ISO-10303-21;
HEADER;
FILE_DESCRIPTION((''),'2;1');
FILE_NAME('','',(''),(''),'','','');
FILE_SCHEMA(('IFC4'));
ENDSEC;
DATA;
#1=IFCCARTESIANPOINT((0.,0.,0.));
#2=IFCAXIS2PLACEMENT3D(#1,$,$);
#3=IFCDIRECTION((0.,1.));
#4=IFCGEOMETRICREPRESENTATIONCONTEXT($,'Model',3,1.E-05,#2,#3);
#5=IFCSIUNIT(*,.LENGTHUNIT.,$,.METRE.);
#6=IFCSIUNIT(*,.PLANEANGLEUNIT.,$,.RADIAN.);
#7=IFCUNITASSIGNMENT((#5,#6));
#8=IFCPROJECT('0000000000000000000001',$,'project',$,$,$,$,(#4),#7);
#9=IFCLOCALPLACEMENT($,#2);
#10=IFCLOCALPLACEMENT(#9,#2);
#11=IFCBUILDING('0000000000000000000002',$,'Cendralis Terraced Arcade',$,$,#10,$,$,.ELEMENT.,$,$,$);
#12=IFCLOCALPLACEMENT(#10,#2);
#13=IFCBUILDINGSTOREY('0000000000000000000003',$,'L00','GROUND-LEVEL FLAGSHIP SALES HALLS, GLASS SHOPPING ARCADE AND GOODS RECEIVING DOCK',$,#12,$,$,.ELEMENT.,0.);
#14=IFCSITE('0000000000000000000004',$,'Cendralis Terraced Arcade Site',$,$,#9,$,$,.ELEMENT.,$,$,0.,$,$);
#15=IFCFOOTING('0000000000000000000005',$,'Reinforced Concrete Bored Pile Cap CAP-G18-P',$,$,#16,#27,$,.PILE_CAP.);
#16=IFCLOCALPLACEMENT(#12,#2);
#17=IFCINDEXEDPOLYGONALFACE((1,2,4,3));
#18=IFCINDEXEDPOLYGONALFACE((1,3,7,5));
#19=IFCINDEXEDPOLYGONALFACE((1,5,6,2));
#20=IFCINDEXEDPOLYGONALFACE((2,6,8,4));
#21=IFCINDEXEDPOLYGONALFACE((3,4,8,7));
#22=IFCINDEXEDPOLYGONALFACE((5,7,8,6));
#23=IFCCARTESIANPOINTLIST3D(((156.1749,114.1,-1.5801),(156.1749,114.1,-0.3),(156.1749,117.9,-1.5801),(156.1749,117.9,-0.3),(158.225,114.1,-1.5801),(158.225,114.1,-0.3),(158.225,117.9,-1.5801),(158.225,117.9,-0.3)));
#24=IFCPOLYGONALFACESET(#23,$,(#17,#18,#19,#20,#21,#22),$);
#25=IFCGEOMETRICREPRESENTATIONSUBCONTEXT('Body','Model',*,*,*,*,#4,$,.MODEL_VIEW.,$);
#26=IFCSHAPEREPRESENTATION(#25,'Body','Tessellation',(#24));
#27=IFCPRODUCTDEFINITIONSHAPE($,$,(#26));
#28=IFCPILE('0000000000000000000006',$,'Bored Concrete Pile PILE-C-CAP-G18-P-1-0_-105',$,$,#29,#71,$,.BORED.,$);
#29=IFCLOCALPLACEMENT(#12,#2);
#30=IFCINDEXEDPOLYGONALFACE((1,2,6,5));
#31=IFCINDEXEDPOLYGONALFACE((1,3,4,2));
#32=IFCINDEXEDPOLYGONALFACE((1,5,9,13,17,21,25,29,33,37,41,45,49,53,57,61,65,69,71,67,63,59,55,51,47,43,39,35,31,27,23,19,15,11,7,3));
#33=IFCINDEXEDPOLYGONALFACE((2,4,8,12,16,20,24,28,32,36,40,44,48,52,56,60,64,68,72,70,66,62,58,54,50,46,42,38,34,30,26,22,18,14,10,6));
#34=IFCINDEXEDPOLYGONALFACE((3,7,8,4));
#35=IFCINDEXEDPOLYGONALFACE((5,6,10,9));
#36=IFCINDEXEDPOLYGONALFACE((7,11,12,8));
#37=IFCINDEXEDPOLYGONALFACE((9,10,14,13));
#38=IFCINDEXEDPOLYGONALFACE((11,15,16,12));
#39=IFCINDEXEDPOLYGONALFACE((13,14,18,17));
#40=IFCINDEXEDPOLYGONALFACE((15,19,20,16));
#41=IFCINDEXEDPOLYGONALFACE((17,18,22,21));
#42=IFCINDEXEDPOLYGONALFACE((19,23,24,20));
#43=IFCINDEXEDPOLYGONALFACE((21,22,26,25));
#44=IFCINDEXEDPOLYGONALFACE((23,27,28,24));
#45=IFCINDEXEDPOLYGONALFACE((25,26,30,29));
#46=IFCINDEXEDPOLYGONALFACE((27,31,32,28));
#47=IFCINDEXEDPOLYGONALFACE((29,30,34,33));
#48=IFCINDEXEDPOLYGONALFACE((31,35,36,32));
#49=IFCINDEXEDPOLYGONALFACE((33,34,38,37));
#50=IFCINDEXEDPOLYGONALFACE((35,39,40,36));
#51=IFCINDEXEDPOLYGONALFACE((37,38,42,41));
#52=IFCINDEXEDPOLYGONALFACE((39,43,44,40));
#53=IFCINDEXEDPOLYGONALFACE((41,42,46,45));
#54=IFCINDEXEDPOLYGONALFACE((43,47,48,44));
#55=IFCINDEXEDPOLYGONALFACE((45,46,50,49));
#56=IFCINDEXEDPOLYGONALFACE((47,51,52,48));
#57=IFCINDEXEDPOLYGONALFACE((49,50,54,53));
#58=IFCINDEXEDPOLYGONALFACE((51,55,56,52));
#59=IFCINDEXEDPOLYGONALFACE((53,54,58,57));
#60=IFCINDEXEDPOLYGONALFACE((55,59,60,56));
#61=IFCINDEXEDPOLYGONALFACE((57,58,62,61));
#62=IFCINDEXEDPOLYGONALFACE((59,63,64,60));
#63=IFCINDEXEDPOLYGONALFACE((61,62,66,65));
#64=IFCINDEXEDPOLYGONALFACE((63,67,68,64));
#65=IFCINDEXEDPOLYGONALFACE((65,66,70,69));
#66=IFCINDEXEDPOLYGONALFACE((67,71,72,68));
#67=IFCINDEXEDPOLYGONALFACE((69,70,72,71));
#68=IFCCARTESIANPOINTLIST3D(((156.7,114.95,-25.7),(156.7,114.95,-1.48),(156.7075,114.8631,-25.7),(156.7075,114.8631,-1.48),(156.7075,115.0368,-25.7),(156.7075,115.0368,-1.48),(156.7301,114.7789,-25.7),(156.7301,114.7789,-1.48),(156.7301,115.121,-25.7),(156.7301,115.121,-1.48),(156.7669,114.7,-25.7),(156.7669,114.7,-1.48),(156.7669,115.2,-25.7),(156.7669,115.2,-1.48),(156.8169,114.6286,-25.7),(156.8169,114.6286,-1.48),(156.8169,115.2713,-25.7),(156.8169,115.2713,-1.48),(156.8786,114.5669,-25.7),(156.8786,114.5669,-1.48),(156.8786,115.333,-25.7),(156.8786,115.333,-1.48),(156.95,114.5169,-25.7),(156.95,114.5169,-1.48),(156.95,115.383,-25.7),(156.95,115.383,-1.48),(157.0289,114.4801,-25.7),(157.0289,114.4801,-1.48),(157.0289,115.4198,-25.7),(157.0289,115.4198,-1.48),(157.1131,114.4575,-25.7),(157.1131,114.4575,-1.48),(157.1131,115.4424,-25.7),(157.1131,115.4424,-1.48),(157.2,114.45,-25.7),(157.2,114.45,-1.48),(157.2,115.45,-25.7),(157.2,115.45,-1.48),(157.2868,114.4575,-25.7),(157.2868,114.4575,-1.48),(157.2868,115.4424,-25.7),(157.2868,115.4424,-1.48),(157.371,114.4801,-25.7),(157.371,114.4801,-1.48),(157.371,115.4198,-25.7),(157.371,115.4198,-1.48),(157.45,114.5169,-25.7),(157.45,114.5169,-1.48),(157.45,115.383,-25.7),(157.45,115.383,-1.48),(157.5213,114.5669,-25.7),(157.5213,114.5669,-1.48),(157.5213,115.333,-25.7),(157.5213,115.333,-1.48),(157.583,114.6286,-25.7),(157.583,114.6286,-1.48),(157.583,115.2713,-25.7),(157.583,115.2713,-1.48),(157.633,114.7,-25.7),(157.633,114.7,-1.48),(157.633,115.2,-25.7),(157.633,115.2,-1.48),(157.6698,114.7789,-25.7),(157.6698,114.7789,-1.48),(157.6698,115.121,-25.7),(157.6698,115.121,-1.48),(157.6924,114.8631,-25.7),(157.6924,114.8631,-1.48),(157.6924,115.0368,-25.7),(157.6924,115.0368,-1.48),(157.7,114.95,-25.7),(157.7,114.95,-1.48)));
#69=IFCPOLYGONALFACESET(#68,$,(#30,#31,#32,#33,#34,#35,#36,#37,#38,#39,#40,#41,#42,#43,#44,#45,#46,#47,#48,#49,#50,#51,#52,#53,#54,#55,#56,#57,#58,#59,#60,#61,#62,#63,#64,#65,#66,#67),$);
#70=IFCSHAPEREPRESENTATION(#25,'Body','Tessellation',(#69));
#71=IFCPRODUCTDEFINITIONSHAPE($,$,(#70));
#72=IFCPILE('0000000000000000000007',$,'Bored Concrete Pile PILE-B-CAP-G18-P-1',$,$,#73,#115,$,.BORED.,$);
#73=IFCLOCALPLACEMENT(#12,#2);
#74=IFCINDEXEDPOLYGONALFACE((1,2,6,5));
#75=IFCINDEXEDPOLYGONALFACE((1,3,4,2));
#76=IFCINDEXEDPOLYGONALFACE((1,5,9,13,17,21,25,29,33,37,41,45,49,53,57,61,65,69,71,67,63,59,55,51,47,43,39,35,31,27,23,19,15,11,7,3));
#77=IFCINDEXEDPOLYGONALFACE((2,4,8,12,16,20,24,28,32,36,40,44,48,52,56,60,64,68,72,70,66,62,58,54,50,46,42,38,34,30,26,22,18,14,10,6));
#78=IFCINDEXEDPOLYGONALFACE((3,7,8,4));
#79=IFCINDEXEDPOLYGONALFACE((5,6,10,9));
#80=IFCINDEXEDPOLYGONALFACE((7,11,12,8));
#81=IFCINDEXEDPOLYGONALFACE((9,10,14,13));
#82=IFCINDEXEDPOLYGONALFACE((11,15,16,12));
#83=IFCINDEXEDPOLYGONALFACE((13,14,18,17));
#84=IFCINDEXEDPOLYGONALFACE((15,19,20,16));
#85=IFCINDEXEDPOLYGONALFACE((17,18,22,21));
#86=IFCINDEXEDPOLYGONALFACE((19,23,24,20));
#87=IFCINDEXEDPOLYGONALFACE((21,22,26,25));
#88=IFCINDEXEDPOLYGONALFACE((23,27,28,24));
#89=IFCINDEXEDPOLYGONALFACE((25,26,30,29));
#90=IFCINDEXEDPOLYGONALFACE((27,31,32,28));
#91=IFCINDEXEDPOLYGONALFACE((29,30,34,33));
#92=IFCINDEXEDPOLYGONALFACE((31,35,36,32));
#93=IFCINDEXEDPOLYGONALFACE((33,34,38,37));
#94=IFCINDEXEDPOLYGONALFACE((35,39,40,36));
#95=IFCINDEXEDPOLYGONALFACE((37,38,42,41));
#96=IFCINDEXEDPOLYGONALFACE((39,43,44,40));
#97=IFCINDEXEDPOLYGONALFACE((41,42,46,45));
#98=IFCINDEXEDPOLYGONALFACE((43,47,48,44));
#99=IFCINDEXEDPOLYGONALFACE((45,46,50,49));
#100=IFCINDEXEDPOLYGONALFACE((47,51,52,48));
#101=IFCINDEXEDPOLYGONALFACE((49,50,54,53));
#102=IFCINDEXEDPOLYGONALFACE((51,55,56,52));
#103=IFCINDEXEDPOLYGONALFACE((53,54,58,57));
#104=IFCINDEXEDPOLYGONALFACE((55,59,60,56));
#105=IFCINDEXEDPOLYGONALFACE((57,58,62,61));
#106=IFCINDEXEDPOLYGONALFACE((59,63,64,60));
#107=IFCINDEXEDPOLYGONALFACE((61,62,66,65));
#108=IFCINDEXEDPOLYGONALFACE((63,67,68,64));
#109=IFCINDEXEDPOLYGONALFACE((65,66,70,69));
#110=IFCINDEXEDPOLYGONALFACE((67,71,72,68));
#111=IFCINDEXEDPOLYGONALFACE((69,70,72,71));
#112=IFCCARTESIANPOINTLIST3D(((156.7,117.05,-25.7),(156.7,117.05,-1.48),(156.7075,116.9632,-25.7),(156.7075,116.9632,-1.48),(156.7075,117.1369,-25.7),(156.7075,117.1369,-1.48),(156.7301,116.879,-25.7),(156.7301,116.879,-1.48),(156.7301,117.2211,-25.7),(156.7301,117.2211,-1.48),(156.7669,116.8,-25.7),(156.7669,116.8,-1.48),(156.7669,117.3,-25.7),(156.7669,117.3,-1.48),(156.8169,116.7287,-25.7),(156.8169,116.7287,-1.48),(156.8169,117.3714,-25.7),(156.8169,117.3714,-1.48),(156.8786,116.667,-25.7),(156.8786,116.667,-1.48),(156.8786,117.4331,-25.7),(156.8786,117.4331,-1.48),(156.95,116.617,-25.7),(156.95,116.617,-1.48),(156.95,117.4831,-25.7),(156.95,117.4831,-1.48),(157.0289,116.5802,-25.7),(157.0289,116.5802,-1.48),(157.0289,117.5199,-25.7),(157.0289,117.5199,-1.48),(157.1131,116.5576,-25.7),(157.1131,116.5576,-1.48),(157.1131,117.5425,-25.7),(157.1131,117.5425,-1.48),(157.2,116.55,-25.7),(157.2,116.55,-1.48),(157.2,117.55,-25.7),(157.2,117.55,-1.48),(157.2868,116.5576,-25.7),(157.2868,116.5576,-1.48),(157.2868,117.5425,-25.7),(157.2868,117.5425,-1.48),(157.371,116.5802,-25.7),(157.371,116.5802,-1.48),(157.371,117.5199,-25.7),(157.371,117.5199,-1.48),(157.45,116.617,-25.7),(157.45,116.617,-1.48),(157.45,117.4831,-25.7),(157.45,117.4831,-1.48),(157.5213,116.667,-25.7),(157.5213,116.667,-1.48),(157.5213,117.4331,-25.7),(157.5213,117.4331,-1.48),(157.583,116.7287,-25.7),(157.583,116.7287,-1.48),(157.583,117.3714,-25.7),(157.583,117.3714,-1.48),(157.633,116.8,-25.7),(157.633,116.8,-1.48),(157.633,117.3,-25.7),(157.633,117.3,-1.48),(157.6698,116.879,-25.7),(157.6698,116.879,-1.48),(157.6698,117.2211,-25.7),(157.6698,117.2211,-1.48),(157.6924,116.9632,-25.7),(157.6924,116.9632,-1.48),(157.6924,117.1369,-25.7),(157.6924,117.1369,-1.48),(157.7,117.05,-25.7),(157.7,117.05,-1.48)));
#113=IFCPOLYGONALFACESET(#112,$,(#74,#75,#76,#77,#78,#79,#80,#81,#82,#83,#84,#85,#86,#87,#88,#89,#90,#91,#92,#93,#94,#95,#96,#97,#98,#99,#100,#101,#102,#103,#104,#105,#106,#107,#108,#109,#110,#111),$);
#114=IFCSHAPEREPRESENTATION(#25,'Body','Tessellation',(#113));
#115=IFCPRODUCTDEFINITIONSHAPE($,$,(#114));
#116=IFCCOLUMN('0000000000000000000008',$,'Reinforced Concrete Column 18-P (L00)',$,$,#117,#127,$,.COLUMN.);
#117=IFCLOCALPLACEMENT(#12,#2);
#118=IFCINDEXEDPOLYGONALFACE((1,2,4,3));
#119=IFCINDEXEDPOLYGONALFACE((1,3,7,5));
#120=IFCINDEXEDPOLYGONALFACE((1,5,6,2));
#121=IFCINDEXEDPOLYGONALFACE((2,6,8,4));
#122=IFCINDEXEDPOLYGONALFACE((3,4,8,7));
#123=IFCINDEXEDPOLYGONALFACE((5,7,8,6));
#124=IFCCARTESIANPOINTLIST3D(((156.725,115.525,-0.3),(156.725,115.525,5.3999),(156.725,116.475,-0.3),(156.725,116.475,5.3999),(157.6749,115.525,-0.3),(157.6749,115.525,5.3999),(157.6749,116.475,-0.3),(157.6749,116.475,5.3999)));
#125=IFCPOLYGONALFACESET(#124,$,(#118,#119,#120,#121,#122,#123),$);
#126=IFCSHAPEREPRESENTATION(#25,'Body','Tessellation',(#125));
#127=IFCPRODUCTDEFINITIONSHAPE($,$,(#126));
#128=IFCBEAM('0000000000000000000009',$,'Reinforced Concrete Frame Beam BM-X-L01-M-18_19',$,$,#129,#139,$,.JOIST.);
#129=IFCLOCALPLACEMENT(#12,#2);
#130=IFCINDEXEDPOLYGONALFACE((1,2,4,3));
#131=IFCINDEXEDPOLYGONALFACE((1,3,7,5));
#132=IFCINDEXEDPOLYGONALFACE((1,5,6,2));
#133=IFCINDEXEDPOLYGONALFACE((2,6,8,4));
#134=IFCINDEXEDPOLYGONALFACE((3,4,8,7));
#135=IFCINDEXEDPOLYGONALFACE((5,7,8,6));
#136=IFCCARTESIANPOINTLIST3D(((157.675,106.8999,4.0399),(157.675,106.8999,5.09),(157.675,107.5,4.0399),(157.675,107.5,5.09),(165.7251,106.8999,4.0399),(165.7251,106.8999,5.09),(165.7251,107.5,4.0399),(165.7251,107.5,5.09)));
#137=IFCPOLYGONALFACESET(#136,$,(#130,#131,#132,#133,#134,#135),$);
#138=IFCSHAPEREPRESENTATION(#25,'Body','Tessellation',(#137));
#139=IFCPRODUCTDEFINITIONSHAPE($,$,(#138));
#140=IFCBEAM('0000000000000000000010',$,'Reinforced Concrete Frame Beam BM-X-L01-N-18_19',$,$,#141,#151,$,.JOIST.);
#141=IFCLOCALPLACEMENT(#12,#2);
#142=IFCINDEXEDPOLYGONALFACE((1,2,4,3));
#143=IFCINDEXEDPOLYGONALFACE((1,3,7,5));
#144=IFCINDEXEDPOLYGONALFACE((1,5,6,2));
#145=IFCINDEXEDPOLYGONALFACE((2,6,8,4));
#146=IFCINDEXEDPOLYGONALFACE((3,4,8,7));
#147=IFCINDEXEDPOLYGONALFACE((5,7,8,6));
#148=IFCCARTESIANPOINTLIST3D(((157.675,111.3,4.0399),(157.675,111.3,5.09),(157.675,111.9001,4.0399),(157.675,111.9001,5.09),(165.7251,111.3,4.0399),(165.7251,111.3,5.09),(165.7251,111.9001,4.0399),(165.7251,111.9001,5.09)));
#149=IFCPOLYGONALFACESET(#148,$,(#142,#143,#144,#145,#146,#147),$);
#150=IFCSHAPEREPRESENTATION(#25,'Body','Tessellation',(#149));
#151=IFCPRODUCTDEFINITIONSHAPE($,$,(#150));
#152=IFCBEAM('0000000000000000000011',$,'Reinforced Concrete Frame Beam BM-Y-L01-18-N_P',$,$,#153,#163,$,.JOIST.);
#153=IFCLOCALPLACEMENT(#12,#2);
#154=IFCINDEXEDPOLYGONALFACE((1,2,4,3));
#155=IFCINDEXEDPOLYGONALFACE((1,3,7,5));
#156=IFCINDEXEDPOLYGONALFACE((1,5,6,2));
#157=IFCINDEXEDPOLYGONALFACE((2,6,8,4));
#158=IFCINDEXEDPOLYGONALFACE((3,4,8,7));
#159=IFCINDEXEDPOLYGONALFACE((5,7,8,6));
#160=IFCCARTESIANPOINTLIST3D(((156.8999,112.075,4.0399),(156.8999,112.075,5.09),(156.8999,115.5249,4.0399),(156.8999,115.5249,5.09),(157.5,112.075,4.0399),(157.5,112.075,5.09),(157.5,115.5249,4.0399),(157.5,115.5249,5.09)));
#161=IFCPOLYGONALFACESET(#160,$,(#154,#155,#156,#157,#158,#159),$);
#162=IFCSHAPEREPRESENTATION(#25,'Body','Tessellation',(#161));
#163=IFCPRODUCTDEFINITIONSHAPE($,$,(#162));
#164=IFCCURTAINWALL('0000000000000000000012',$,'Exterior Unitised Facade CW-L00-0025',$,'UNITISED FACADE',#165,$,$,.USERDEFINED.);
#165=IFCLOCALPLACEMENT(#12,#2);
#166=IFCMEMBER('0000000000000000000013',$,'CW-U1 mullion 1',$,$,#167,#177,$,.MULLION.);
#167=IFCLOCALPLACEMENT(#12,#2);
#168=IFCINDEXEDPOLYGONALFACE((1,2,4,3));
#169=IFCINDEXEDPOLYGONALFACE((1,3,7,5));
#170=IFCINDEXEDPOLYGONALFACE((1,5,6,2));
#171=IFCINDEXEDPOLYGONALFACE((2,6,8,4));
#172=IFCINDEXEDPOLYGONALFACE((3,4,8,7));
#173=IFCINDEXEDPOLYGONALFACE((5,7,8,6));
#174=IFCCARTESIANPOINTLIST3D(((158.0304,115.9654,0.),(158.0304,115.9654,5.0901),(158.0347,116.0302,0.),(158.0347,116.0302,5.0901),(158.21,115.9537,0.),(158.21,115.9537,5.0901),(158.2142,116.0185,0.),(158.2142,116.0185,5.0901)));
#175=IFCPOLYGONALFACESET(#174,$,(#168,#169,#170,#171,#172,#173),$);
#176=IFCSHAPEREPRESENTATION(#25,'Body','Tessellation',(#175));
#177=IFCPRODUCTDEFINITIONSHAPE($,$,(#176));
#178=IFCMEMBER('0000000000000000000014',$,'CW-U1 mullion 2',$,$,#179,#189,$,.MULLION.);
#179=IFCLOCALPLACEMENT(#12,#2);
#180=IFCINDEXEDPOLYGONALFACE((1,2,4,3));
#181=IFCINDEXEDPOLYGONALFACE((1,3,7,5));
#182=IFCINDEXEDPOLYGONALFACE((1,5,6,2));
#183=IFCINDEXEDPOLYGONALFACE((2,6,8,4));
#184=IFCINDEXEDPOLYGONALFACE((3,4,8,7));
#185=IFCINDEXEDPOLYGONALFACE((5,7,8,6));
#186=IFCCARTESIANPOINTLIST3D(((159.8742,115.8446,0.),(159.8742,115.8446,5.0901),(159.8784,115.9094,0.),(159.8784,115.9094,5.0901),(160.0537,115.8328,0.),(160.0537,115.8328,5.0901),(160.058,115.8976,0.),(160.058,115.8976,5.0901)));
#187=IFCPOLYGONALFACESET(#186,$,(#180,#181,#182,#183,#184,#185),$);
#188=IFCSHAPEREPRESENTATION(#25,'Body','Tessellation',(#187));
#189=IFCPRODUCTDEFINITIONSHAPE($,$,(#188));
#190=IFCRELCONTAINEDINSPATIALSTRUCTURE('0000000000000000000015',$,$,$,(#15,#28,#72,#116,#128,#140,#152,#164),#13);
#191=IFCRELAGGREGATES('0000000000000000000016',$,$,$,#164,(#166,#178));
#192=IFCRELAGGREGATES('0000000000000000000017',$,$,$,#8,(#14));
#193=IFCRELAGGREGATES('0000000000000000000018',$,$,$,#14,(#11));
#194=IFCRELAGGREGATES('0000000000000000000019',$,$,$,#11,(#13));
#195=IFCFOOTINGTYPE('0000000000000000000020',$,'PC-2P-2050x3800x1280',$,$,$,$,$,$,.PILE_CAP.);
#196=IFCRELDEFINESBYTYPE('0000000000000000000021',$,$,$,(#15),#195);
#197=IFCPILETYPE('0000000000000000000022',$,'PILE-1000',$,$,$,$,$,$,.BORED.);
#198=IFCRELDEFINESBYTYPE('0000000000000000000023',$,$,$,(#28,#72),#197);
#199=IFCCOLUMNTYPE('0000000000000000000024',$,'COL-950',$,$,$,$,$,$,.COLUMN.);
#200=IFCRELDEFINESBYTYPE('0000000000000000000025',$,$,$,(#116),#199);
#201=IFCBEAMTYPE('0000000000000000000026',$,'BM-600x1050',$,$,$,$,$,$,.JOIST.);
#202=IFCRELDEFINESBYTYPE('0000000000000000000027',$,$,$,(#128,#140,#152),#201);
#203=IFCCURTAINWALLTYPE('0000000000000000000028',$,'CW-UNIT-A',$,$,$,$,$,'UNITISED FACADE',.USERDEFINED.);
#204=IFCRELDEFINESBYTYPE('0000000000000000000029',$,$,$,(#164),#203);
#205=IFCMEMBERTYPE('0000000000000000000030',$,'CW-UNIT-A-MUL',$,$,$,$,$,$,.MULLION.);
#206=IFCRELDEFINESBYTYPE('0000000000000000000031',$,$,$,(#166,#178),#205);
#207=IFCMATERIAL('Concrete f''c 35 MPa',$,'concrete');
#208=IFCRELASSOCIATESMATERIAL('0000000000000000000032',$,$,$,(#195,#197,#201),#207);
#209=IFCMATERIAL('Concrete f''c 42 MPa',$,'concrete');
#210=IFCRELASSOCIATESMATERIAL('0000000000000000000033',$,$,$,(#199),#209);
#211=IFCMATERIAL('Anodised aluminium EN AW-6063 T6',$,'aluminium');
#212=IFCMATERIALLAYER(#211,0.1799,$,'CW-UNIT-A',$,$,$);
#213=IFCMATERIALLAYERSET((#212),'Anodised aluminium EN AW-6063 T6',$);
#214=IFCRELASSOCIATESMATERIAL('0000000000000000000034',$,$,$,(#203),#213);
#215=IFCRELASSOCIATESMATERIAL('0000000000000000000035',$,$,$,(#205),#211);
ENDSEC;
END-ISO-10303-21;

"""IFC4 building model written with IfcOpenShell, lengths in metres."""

from ifc_helpers import new_model, si_unit, direction, frame, origin, origin_2d, place, context, subcontext, project, spatial, rectangle, circle, extrude, material, layer, layer_set, material_profile, profile_set, type_object, element, aggregate, save


model = new_model("IFC4")

# Units and contexts
model_context = context("Model", 3, precision=1e-05, world=origin(), true_north=direction((0.0, 1.0)))
body_context = subcontext(model_context, "Body", "Model", "MODEL_VIEW")
ifc_project = project(units=[si_unit("LENGTHUNIT", "METRE"), si_unit("PLANEANGLEUNIT", "RADIAN")], contexts=[model_context])

# Site, building, storey
site_placement = place(None, origin())
site = spatial("IfcSite", under=ifc_project, at=site_placement, Name="Cendralis Terraced Arcade Site", CompositionType="ELEMENT", RefElevation=0.0)
building_placement = place(site_placement, origin())
building = spatial("IfcBuilding", under=site, at=building_placement, Name="Cendralis Terraced Arcade", CompositionType="ELEMENT")
storey_placement = place(building_placement, origin())
storey = spatial("IfcBuildingStorey", under=building, at=storey_placement, Name="L00", Description="GROUND-LEVEL FLAGSHIP SALES HALLS, GLASS SHOPPING ARCADE AND GOODS RECEIVING DOCK", CompositionType="ELEMENT", Elevation=0.0)

# Footing
ifc_material_1 = material(Name="Concrete f'c 35 MPa", Category="concrete")
footing_type = type_object("IfcFootingType", Name="PC-2P-2050x3800x1280", PredefinedType="PILE_CAP", material=ifc_material_1)
footing_placement = place(storey_placement, frame((157.2, 116.0, -1.5801), z_axis=(0.0, 0.0, 1.0), x_axis=(1.0, 0.0, 0.0)))
element("IfcFooting", 1, at=footing_placement, inside=storey, type_object=footing_type, Name="Reinforced Concrete Bored Pile Cap CAP-G18-P", PredefinedType="PILE_CAP", context=body_context, shape_type="SweptSolid", body=[
    extrude(rectangle(XDim=2.05, YDim=3.8, at=origin_2d()), origin(), (0.0, 0.0, 1.0), 1.28),
])

# Piles
ifc_material_profile_1 = material_profile(ifc_material_1, circle(Radius=0.5, at=origin_2d()), Name="PILE-D1000", Category="LoadBearing")
ifc_profile_set_1 = profile_set([ifc_material_profile_1], Name="Concrete f'c 35 MPa")
pile_type = type_object("IfcPileType", Name="PILE-1000", PredefinedType="BORED", material=ifc_profile_set_1)
for number, where, z_axis, x_axis, name in (
    (2, (157.2, 114.95, -1.48), (0.0, 0.0, -1.0), (1.0, 0.0, 0.0), "Bored Concrete Pile PILE-C-CAP-G18-P-1-0_-105"),
    (3, (157.2, 117.05, -1.48), (0.0, 0.0, -1.0), (1.0, 0.0, 0.0), "Bored Concrete Pile PILE-B-CAP-G18-P-1"),
):
    element("IfcPile", number, at=place(storey_placement, frame(where, z_axis=z_axis, x_axis=x_axis)), inside=storey, type_object=pile_type, Name=name, PredefinedType="BORED", context=body_context, shape_type="SweptSolid", body=[
        extrude(circle(Radius=0.5, at=origin_2d()), origin(), (0.0, 0.0, 1.0), 24.22),
    ])

# Column
ifc_material_2 = material(Name="Concrete f'c 42 MPa", Category="concrete")
ifc_material_profile_2 = material_profile(ifc_material_2, rectangle(XDim=0.95, YDim=0.95, at=origin_2d()), Name="RC-COL-950x950", Category="LoadBearing")
ifc_profile_set_2 = profile_set([ifc_material_profile_2], Name="Concrete f'c 42 MPa")
column_type = type_object("IfcColumnType", Name="COL-950", PredefinedType="COLUMN", material=ifc_profile_set_2)
column_placement = place(storey_placement, frame((157.2, 116.0, -0.3), z_axis=(0.0, 0.0, 1.0), x_axis=(1.0, 0.0, 0.0)))
element("IfcColumn", 4, at=column_placement, inside=storey, type_object=column_type, Name="Reinforced Concrete Column 18-P (L00)", PredefinedType="COLUMN", context=body_context, shape_type="SweptSolid", body=[
    extrude(rectangle(XDim=0.95, YDim=0.95, at=origin_2d()), origin(), (0.0, 0.0, 1.0), 5.7),
])

# Beams
ifc_material_profile_3 = material_profile(ifc_material_1, rectangle(XDim=0.6001, YDim=1.05, at=origin_2d()), Name="RC-BM-600x1050", Category="LoadBearing")
ifc_profile_set_3 = profile_set([ifc_material_profile_3], Name="Concrete f'c 35 MPa")
beam_type = type_object("IfcBeamType", Name="BM-600x1050", PredefinedType="JOIST", material=ifc_profile_set_3)
for number, where, z_axis, x_axis, name in (
    (5, (157.675, 107.2, 4.5649), (1.0, 0.0, 0.0), (0.0, 1.0, 0.0), "Reinforced Concrete Frame Beam BM-X-L01-M-18_19"),
    (6, (157.675, 111.6001, 4.5649), (1.0, 0.0, 0.0), (0.0, 1.0, 0.0), "Reinforced Concrete Frame Beam BM-X-L01-N-18_19"),
):
    element("IfcBeam", number, at=place(storey_placement, frame(where, z_axis=z_axis, x_axis=x_axis)), inside=storey, type_object=beam_type, Name=name, PredefinedType="JOIST", context=body_context, shape_type="SweptSolid", body=[
        extrude(rectangle(XDim=0.6001, YDim=1.05, at=origin_2d()), origin(), (0.0, 0.0, 1.0), 8.05),
    ])
beam_placement = place(storey_placement, frame((157.2, 112.075, 4.5649), z_axis=(0.0, 1.0, 0.0), x_axis=(-1.0, 0.0, 0.0)))
element("IfcBeam", 7, at=beam_placement, inside=storey, type_object=beam_type, Name="Reinforced Concrete Frame Beam BM-Y-L01-18-N_P", PredefinedType="JOIST", context=body_context, shape_type="SweptSolid", body=[
    extrude(rectangle(XDim=0.6001, YDim=1.05, at=origin_2d()), origin(), (0.0, 0.0, 1.0), 3.45),
])

# Curtain wall, members
ifc_material_3 = material(Name="Anodised aluminium EN AW-6063 T6", Category="aluminium")
ifc_layer_1 = layer(ifc_material_3, 0.1799, Name="CW-UNIT-A")
ifc_layer_set_1 = layer_set([ifc_layer_1], Name="Anodised aluminium EN AW-6063 T6")
curtain_wall_type = type_object("IfcCurtainWallType", Name="CW-UNIT-A", ElementType="UNITISED FACADE", PredefinedType="USERDEFINED", material=ifc_layer_set_1)
curtain_wall_1_placement = place(storey_placement, origin())
curtain_wall_1 = element("IfcCurtainWall", 8, at=curtain_wall_1_placement, inside=storey, type_object=curtain_wall_type, Name="Exterior Unitised Facade CW-L00-0025", ObjectType="UNITISED FACADE", PredefinedType="USERDEFINED")
ifc_material_profile_4 = material_profile(ifc_material_3, rectangle(XDim=0.0649, YDim=0.1799, at=origin_2d()), Name="ALU-MUL-65x180")
ifc_profile_set_4 = profile_set([ifc_material_profile_4], Name="Anodised aluminium EN AW-6063 T6")
member_type_1 = type_object("IfcMemberType", Name="CW-UNIT-A-MUL", PredefinedType="MULLION", material=ifc_profile_set_4)
member_1_placement = place(storey_placement, frame((158.1223, 115.9919, 0.0), z_axis=(0.0, 0.0, 1.0), x_axis=(0.065398, 0.997859, 0.0)))
member_1 = element("IfcMember", 9, at=member_1_placement, type_object=member_type_1, Name="CW-U1 mullion 1", PredefinedType="MULLION", context=body_context, shape_type="SweptSolid", body=[
    extrude(rectangle(XDim=0.0649, YDim=0.1799, at=origin_2d()), origin(), (0.0, 0.0, 1.0), 5.0901),
])
member_2_placement = place(storey_placement, frame((159.9661, 115.8711, 0.0), z_axis=(0.0, 0.0, 1.0), x_axis=(0.065398, 0.997859, 0.0)))
member_2 = element("IfcMember", 10, at=member_2_placement, type_object=member_type_1, Name="CW-U1 mullion 2", PredefinedType="MULLION", context=body_context, shape_type="SweptSolid", body=[
    extrude(rectangle(XDim=0.0649, YDim=0.1799, at=origin_2d()), origin(), (0.0, 0.0, 1.0), 5.0901),
])

aggregate(curtain_wall_1, [member_1, member_2])

save(model, "model.ifc")
